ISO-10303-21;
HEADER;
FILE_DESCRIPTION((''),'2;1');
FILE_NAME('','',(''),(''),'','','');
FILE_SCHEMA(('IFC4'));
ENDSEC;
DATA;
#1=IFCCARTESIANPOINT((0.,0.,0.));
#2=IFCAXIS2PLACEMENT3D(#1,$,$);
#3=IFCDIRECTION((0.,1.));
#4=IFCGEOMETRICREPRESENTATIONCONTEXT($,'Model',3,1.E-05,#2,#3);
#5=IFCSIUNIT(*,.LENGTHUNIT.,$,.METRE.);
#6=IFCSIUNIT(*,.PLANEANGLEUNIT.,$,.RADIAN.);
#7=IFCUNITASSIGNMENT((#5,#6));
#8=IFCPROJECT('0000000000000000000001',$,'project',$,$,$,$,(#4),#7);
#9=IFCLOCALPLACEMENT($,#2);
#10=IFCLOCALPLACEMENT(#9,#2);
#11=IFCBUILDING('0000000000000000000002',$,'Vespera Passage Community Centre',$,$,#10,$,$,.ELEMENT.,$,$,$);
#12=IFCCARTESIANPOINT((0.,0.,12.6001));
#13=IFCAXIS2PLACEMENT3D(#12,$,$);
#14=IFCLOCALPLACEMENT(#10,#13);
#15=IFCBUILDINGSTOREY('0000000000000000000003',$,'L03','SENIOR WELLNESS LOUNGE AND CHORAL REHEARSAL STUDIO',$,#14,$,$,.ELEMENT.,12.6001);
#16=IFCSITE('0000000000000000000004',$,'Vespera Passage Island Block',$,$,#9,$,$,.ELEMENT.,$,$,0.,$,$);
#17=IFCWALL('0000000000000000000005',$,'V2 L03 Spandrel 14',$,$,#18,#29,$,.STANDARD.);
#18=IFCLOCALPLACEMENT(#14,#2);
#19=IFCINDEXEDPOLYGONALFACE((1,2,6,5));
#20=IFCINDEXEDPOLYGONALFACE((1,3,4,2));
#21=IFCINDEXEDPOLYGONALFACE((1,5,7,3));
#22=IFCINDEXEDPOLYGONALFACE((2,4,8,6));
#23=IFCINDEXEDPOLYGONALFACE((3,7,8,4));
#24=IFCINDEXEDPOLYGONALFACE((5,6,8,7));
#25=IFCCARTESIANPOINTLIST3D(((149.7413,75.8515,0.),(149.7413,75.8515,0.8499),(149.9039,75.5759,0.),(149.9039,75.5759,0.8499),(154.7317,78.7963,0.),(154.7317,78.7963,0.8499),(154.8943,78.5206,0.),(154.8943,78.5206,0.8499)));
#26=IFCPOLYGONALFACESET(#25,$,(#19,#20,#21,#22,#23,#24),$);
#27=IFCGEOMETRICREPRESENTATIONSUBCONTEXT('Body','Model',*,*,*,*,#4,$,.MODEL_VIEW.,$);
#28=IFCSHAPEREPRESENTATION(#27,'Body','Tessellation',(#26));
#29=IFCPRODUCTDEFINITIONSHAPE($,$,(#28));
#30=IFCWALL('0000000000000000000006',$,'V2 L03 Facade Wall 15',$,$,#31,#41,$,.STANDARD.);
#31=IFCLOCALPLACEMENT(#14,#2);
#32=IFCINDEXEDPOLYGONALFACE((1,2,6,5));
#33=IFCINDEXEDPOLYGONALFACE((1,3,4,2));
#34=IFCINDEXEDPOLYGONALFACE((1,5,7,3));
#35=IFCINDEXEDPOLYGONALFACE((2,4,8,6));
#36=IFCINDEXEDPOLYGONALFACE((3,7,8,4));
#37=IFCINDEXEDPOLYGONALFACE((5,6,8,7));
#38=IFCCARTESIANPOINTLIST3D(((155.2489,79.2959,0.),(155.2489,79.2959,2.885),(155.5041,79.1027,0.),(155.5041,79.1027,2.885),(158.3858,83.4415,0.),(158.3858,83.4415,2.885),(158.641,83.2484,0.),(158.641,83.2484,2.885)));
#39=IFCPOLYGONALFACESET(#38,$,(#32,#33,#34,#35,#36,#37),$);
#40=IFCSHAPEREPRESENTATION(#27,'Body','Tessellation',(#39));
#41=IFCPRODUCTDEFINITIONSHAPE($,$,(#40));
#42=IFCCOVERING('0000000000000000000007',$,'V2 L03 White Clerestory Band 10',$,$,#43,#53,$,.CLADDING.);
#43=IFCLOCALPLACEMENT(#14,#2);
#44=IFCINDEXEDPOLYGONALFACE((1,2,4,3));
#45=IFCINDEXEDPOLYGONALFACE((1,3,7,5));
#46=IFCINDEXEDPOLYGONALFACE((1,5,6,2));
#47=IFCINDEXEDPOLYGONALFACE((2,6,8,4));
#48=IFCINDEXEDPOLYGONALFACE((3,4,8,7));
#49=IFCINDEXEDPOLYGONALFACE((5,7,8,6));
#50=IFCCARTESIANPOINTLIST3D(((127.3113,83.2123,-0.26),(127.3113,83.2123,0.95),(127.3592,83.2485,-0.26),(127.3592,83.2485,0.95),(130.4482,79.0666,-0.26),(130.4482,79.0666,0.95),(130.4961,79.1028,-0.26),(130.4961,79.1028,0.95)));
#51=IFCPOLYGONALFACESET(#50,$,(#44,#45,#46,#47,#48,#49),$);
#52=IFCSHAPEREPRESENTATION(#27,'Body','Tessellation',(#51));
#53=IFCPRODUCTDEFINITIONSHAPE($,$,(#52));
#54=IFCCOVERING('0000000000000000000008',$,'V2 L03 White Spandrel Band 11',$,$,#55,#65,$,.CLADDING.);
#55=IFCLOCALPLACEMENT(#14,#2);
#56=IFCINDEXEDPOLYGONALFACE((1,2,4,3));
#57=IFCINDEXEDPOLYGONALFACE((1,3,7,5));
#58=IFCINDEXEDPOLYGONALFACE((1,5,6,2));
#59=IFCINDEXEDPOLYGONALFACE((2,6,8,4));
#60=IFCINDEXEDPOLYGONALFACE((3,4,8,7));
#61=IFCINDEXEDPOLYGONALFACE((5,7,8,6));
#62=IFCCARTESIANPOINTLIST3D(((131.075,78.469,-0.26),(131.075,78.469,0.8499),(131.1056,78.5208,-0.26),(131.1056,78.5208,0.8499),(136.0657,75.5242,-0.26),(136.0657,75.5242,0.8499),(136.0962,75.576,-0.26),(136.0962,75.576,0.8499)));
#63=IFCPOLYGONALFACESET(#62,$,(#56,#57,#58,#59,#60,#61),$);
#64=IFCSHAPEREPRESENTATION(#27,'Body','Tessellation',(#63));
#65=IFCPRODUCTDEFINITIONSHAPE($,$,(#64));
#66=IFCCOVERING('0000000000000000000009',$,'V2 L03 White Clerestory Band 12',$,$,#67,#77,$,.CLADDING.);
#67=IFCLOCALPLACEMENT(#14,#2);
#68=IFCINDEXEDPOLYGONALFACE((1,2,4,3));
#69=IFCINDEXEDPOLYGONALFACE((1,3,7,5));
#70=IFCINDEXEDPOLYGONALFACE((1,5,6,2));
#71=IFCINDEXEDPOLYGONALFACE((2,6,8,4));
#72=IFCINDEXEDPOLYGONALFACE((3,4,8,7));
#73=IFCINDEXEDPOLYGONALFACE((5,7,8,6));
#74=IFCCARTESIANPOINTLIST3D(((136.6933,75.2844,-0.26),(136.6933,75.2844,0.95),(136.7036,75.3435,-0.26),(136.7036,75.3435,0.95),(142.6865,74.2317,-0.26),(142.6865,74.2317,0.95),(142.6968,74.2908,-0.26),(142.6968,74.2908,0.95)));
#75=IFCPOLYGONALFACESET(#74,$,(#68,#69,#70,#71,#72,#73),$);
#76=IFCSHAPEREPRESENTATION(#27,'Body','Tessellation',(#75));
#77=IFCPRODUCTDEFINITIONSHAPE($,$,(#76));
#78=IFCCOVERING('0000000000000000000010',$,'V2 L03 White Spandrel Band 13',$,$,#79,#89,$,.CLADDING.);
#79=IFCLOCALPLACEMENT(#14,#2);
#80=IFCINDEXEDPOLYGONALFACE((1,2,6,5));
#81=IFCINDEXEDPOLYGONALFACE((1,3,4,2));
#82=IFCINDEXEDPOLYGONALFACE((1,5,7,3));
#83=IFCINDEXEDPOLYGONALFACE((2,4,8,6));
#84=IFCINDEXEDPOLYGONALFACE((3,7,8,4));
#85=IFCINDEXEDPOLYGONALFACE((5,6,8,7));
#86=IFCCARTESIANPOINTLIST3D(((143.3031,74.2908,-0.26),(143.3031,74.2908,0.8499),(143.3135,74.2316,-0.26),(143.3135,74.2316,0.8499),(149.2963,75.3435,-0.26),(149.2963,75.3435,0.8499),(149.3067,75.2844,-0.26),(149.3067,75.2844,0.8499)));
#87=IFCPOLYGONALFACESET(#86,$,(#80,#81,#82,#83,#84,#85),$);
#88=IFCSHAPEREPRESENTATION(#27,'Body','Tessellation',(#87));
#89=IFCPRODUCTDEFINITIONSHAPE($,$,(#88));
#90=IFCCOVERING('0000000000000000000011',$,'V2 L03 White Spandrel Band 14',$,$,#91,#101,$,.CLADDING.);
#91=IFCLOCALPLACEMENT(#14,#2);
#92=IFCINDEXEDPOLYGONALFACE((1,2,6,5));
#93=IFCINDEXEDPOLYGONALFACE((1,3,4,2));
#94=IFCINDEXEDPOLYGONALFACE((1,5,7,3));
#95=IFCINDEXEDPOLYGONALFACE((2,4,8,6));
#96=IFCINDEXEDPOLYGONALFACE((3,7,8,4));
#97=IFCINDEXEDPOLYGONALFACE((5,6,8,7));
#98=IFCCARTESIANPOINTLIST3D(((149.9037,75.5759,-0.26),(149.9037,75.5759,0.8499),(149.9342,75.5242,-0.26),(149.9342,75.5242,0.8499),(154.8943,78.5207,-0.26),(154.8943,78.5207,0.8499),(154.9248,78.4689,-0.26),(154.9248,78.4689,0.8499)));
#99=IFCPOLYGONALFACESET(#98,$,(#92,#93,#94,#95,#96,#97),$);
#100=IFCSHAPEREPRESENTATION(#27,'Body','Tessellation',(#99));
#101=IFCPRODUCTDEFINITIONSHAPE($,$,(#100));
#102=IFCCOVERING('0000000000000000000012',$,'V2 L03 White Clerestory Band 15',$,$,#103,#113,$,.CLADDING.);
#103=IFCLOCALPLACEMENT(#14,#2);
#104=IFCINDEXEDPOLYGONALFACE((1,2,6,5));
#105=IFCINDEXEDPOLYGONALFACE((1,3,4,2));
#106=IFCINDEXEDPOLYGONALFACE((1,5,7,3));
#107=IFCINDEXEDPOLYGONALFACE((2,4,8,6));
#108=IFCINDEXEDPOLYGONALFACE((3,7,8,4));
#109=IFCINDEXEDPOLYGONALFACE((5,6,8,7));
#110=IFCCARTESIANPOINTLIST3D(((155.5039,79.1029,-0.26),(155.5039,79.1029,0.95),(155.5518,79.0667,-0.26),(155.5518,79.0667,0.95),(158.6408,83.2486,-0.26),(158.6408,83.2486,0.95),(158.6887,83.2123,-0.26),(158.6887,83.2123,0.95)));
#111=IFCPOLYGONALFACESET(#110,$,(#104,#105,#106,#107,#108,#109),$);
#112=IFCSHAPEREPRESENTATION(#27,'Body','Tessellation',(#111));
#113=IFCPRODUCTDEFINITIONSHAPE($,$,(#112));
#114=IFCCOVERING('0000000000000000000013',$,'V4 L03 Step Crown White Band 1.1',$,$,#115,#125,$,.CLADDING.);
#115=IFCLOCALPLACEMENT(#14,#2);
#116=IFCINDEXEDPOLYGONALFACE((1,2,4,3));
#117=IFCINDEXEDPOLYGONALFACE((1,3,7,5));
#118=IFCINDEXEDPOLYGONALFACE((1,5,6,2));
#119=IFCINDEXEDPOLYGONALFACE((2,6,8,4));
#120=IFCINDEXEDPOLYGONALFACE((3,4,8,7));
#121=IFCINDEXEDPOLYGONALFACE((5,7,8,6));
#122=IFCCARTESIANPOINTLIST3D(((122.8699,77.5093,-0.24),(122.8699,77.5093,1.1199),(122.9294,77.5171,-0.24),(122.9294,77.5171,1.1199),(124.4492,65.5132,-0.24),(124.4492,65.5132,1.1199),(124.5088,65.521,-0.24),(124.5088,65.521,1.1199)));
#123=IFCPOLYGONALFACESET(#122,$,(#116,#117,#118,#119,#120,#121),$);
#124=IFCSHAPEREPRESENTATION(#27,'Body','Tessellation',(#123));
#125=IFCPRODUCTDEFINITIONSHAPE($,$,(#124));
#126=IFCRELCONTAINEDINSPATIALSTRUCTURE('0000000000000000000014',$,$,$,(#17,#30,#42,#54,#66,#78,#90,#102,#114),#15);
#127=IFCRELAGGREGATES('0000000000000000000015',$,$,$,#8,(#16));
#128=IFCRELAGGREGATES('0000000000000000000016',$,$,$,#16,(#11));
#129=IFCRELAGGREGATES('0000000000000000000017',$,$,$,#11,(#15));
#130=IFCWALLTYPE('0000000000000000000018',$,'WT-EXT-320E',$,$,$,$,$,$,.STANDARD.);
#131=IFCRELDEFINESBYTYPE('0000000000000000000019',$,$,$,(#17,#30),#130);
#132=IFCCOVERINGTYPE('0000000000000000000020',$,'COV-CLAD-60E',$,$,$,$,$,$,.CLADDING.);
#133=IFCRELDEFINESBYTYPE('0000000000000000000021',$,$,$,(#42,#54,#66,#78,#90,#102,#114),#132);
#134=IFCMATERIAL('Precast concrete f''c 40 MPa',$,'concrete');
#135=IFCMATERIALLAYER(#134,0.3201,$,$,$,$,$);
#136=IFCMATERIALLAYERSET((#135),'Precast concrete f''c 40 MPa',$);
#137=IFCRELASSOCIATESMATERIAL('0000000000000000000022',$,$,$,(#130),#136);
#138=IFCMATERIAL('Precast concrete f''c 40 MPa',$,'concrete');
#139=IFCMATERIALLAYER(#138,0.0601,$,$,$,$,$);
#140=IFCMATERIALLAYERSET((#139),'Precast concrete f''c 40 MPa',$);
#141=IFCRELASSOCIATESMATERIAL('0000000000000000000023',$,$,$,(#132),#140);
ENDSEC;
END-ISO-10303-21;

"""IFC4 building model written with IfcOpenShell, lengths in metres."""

from ifc_helpers import new_model, si_unit, direction, frame, frame_2d, origin, place, context, subcontext, project, spatial, rectangle, extrude, material, layer, layer_set, type_object, element, save


model = new_model("IFC4")

# Units and contexts
model_context = context("Model", 3, precision=1e-05, world=origin(), true_north=direction((0.0, 1.0)))
body_context = subcontext(model_context, "Body", "Model", "MODEL_VIEW")
ifc_project = project(units=[si_unit("LENGTHUNIT", "METRE"), si_unit("PLANEANGLEUNIT", "RADIAN")], contexts=[model_context])

# Site, building, storey
site_placement = place(None, origin())
site = spatial("IfcSite", under=ifc_project, at=site_placement, Name="Vespera Passage Island Block", CompositionType="ELEMENT", RefElevation=0.0)
building_placement = place(site_placement, origin())
building = spatial("IfcBuilding", under=site, at=building_placement, Name="Vespera Passage Community Centre", CompositionType="ELEMENT")
storey_placement = place(building_placement, frame((0.0, 0.0, 12.6001)))
storey = spatial("IfcBuildingStorey", under=building, at=storey_placement, Name="L03", Description="SENIOR WELLNESS LOUNGE AND CHORAL REHEARSAL STUDIO", CompositionType="ELEMENT", Elevation=12.6001)

# Walls
ifc_material_1 = material(Name="Precast concrete f'c 40 MPa", Category="concrete")
ifc_layer_1 = layer(ifc_material_1, 0.3201)
ifc_layer_set_1 = layer_set([ifc_layer_1], Name="Precast concrete f'c 40 MPa")
wall_type = type_object("IfcWallType", Name="WT-EXT-320E", PredefinedType="STANDARD", material=ifc_layer_set_1)
wall_1_placement = place(storey_placement, frame((154.813, 78.6584, 0.0), z_axis=(0.0, 0.0, 1.0), x_axis=(-0.861236, -0.508205, 0.0)))
element("IfcWall", 1, at=wall_1_placement, inside=storey, type_object=wall_type, Name="V2 L03 Spandrel 14", PredefinedType="STANDARD", context=body_context, shape_type="SweptSolid", body=[
    extrude(rectangle(XDim=5.7944, YDim=0.3201, at=frame_2d((2.8972, 0.0))), origin(), (0.0, 0.0, 1.0), 0.8499),
])
wall_2_placement = place(storey_placement, frame((158.5134, 83.345, 0.0), z_axis=(0.0, 0.0, 1.0), x_axis=(-0.603398, -0.79744, 0.0)))
element("IfcWall", 2, at=wall_2_placement, inside=storey, type_object=wall_type, Name="V2 L03 Facade Wall 15", PredefinedType="STANDARD", context=body_context, shape_type="SweptSolid", body=[
    extrude(rectangle(XDim=5.1987, YDim=0.3201, at=frame_2d((2.5994, 0.0))), origin(), (0.0, 0.0, 1.0), 2.885),
])

# Coverings
ifc_material_2 = material(Name="Precast concrete f'c 40 MPa", Category="concrete")
ifc_layer_2 = layer(ifc_material_2, 0.0601)
ifc_layer_set_2 = layer_set([ifc_layer_2], Name="Precast concrete f'c 40 MPa")
covering_type = type_object("IfcCoveringType", Name="COV-CLAD-60E", PredefinedType="CLADDING", material=ifc_layer_set_2)
covering_1_placement = place(storey_placement, frame((130.4722, 79.0847, -0.26), z_axis=(0.0, 0.0, 1.0), x_axis=(-0.603398, 0.79744, 0.0)))
element("IfcCovering", 3, at=covering_1_placement, inside=storey, type_object=covering_type, Name="V2 L03 White Clerestory Band 10", PredefinedType="CLADDING", context=body_context, shape_type="SweptSolid", body=[
    extrude(rectangle(XDim=5.1987, YDim=0.0601, at=frame_2d((2.5994, 0.0))), origin(), (0.0, 0.0, 1.0), 1.21),
])
covering_2_placement = place(storey_placement, frame((136.0811, 75.55, -0.26), z_axis=(0.0, 0.0, 1.0), x_axis=(-0.861247, 0.508187, 0.0)))
element("IfcCovering", 4, at=covering_2_placement, inside=storey, type_object=covering_type, Name="V2 L03 White Spandrel Band 11", PredefinedType="CLADDING", context=body_context, shape_type="SweptSolid", body=[
    extrude(rectangle(XDim=5.7947, YDim=0.0601, at=frame_2d((2.8975, 0.0))), origin(), (0.0, 0.0, 1.0), 1.1099),
])
covering_3_placement = place(storey_placement, frame((142.6917, 74.2612, -0.26), z_axis=(0.0, 0.0, 1.0), x_axis=(-0.984921, 0.173007, 0.0)))
element("IfcCovering", 5, at=covering_3_placement, inside=storey, type_object=covering_type, Name="V2 L03 White Clerestory Band 12", PredefinedType="CLADDING", context=body_context, shape_type="SweptSolid", body=[
    extrude(rectangle(XDim=6.085, YDim=0.0601, at=frame_2d((3.0425, 0.0))), origin(), (0.0, 0.0, 1.0), 1.21),
])
covering_4_placement = place(storey_placement, frame((149.3015, 75.314, -0.26), z_axis=(0.0, 0.0, 1.0), x_axis=(-0.984921, -0.173007, 0.0)))
element("IfcCovering", 6, at=covering_4_placement, inside=storey, type_object=covering_type, Name="V2 L03 White Spandrel Band 13", PredefinedType="CLADDING", context=body_context, shape_type="SweptSolid", body=[
    extrude(rectangle(XDim=6.085, YDim=0.0601, at=frame_2d((3.0425, 0.0))), origin(), (0.0, 0.0, 1.0), 1.1099),
])
covering_5_placement = place(storey_placement, frame((154.9097, 78.4949, -0.26), z_axis=(0.0, 0.0, 1.0), x_axis=(-0.861247, -0.508187, 0.0)))
element("IfcCovering", 7, at=covering_5_placement, inside=storey, type_object=covering_type, Name="V2 L03 White Spandrel Band 14", PredefinedType="CLADDING", context=body_context, shape_type="SweptSolid", body=[
    extrude(rectangle(XDim=5.7947, YDim=0.0601, at=frame_2d((2.8975, 0.0))), origin(), (0.0, 0.0, 1.0), 1.1099),
])
covering_6_placement = place(storey_placement, frame((158.6648, 83.2305, -0.26), z_axis=(0.0, 0.0, 1.0), x_axis=(-0.603398, -0.79744, 0.0)))
element("IfcCovering", 8, at=covering_6_placement, inside=storey, type_object=covering_type, Name="V2 L03 White Clerestory Band 15", PredefinedType="CLADDING", context=body_context, shape_type="SweptSolid", body=[
    extrude(rectangle(XDim=5.1987, YDim=0.0601, at=frame_2d((2.5994, 0.0))), origin(), (0.0, 0.0, 1.0), 1.21),
])
covering_7_placement = place(storey_placement, frame((124.479, 65.5171, -0.24), z_axis=(0.0, 0.0, 1.0), x_axis=(-0.130529, 0.991445, 0.0)))
element("IfcCovering", 9, at=covering_7_placement, inside=storey, type_object=covering_type, Name="V4 L03 Step Crown White Band 1.1", PredefinedType="CLADDING", context=body_context, shape_type="SweptSolid", body=[
    extrude(rectangle(XDim=12.0996, YDim=0.0601, at=frame_2d((6.0498, 0.0))), origin(), (0.0, 0.0, 1.0), 1.3599),
])

save(model, "model.ifc")
